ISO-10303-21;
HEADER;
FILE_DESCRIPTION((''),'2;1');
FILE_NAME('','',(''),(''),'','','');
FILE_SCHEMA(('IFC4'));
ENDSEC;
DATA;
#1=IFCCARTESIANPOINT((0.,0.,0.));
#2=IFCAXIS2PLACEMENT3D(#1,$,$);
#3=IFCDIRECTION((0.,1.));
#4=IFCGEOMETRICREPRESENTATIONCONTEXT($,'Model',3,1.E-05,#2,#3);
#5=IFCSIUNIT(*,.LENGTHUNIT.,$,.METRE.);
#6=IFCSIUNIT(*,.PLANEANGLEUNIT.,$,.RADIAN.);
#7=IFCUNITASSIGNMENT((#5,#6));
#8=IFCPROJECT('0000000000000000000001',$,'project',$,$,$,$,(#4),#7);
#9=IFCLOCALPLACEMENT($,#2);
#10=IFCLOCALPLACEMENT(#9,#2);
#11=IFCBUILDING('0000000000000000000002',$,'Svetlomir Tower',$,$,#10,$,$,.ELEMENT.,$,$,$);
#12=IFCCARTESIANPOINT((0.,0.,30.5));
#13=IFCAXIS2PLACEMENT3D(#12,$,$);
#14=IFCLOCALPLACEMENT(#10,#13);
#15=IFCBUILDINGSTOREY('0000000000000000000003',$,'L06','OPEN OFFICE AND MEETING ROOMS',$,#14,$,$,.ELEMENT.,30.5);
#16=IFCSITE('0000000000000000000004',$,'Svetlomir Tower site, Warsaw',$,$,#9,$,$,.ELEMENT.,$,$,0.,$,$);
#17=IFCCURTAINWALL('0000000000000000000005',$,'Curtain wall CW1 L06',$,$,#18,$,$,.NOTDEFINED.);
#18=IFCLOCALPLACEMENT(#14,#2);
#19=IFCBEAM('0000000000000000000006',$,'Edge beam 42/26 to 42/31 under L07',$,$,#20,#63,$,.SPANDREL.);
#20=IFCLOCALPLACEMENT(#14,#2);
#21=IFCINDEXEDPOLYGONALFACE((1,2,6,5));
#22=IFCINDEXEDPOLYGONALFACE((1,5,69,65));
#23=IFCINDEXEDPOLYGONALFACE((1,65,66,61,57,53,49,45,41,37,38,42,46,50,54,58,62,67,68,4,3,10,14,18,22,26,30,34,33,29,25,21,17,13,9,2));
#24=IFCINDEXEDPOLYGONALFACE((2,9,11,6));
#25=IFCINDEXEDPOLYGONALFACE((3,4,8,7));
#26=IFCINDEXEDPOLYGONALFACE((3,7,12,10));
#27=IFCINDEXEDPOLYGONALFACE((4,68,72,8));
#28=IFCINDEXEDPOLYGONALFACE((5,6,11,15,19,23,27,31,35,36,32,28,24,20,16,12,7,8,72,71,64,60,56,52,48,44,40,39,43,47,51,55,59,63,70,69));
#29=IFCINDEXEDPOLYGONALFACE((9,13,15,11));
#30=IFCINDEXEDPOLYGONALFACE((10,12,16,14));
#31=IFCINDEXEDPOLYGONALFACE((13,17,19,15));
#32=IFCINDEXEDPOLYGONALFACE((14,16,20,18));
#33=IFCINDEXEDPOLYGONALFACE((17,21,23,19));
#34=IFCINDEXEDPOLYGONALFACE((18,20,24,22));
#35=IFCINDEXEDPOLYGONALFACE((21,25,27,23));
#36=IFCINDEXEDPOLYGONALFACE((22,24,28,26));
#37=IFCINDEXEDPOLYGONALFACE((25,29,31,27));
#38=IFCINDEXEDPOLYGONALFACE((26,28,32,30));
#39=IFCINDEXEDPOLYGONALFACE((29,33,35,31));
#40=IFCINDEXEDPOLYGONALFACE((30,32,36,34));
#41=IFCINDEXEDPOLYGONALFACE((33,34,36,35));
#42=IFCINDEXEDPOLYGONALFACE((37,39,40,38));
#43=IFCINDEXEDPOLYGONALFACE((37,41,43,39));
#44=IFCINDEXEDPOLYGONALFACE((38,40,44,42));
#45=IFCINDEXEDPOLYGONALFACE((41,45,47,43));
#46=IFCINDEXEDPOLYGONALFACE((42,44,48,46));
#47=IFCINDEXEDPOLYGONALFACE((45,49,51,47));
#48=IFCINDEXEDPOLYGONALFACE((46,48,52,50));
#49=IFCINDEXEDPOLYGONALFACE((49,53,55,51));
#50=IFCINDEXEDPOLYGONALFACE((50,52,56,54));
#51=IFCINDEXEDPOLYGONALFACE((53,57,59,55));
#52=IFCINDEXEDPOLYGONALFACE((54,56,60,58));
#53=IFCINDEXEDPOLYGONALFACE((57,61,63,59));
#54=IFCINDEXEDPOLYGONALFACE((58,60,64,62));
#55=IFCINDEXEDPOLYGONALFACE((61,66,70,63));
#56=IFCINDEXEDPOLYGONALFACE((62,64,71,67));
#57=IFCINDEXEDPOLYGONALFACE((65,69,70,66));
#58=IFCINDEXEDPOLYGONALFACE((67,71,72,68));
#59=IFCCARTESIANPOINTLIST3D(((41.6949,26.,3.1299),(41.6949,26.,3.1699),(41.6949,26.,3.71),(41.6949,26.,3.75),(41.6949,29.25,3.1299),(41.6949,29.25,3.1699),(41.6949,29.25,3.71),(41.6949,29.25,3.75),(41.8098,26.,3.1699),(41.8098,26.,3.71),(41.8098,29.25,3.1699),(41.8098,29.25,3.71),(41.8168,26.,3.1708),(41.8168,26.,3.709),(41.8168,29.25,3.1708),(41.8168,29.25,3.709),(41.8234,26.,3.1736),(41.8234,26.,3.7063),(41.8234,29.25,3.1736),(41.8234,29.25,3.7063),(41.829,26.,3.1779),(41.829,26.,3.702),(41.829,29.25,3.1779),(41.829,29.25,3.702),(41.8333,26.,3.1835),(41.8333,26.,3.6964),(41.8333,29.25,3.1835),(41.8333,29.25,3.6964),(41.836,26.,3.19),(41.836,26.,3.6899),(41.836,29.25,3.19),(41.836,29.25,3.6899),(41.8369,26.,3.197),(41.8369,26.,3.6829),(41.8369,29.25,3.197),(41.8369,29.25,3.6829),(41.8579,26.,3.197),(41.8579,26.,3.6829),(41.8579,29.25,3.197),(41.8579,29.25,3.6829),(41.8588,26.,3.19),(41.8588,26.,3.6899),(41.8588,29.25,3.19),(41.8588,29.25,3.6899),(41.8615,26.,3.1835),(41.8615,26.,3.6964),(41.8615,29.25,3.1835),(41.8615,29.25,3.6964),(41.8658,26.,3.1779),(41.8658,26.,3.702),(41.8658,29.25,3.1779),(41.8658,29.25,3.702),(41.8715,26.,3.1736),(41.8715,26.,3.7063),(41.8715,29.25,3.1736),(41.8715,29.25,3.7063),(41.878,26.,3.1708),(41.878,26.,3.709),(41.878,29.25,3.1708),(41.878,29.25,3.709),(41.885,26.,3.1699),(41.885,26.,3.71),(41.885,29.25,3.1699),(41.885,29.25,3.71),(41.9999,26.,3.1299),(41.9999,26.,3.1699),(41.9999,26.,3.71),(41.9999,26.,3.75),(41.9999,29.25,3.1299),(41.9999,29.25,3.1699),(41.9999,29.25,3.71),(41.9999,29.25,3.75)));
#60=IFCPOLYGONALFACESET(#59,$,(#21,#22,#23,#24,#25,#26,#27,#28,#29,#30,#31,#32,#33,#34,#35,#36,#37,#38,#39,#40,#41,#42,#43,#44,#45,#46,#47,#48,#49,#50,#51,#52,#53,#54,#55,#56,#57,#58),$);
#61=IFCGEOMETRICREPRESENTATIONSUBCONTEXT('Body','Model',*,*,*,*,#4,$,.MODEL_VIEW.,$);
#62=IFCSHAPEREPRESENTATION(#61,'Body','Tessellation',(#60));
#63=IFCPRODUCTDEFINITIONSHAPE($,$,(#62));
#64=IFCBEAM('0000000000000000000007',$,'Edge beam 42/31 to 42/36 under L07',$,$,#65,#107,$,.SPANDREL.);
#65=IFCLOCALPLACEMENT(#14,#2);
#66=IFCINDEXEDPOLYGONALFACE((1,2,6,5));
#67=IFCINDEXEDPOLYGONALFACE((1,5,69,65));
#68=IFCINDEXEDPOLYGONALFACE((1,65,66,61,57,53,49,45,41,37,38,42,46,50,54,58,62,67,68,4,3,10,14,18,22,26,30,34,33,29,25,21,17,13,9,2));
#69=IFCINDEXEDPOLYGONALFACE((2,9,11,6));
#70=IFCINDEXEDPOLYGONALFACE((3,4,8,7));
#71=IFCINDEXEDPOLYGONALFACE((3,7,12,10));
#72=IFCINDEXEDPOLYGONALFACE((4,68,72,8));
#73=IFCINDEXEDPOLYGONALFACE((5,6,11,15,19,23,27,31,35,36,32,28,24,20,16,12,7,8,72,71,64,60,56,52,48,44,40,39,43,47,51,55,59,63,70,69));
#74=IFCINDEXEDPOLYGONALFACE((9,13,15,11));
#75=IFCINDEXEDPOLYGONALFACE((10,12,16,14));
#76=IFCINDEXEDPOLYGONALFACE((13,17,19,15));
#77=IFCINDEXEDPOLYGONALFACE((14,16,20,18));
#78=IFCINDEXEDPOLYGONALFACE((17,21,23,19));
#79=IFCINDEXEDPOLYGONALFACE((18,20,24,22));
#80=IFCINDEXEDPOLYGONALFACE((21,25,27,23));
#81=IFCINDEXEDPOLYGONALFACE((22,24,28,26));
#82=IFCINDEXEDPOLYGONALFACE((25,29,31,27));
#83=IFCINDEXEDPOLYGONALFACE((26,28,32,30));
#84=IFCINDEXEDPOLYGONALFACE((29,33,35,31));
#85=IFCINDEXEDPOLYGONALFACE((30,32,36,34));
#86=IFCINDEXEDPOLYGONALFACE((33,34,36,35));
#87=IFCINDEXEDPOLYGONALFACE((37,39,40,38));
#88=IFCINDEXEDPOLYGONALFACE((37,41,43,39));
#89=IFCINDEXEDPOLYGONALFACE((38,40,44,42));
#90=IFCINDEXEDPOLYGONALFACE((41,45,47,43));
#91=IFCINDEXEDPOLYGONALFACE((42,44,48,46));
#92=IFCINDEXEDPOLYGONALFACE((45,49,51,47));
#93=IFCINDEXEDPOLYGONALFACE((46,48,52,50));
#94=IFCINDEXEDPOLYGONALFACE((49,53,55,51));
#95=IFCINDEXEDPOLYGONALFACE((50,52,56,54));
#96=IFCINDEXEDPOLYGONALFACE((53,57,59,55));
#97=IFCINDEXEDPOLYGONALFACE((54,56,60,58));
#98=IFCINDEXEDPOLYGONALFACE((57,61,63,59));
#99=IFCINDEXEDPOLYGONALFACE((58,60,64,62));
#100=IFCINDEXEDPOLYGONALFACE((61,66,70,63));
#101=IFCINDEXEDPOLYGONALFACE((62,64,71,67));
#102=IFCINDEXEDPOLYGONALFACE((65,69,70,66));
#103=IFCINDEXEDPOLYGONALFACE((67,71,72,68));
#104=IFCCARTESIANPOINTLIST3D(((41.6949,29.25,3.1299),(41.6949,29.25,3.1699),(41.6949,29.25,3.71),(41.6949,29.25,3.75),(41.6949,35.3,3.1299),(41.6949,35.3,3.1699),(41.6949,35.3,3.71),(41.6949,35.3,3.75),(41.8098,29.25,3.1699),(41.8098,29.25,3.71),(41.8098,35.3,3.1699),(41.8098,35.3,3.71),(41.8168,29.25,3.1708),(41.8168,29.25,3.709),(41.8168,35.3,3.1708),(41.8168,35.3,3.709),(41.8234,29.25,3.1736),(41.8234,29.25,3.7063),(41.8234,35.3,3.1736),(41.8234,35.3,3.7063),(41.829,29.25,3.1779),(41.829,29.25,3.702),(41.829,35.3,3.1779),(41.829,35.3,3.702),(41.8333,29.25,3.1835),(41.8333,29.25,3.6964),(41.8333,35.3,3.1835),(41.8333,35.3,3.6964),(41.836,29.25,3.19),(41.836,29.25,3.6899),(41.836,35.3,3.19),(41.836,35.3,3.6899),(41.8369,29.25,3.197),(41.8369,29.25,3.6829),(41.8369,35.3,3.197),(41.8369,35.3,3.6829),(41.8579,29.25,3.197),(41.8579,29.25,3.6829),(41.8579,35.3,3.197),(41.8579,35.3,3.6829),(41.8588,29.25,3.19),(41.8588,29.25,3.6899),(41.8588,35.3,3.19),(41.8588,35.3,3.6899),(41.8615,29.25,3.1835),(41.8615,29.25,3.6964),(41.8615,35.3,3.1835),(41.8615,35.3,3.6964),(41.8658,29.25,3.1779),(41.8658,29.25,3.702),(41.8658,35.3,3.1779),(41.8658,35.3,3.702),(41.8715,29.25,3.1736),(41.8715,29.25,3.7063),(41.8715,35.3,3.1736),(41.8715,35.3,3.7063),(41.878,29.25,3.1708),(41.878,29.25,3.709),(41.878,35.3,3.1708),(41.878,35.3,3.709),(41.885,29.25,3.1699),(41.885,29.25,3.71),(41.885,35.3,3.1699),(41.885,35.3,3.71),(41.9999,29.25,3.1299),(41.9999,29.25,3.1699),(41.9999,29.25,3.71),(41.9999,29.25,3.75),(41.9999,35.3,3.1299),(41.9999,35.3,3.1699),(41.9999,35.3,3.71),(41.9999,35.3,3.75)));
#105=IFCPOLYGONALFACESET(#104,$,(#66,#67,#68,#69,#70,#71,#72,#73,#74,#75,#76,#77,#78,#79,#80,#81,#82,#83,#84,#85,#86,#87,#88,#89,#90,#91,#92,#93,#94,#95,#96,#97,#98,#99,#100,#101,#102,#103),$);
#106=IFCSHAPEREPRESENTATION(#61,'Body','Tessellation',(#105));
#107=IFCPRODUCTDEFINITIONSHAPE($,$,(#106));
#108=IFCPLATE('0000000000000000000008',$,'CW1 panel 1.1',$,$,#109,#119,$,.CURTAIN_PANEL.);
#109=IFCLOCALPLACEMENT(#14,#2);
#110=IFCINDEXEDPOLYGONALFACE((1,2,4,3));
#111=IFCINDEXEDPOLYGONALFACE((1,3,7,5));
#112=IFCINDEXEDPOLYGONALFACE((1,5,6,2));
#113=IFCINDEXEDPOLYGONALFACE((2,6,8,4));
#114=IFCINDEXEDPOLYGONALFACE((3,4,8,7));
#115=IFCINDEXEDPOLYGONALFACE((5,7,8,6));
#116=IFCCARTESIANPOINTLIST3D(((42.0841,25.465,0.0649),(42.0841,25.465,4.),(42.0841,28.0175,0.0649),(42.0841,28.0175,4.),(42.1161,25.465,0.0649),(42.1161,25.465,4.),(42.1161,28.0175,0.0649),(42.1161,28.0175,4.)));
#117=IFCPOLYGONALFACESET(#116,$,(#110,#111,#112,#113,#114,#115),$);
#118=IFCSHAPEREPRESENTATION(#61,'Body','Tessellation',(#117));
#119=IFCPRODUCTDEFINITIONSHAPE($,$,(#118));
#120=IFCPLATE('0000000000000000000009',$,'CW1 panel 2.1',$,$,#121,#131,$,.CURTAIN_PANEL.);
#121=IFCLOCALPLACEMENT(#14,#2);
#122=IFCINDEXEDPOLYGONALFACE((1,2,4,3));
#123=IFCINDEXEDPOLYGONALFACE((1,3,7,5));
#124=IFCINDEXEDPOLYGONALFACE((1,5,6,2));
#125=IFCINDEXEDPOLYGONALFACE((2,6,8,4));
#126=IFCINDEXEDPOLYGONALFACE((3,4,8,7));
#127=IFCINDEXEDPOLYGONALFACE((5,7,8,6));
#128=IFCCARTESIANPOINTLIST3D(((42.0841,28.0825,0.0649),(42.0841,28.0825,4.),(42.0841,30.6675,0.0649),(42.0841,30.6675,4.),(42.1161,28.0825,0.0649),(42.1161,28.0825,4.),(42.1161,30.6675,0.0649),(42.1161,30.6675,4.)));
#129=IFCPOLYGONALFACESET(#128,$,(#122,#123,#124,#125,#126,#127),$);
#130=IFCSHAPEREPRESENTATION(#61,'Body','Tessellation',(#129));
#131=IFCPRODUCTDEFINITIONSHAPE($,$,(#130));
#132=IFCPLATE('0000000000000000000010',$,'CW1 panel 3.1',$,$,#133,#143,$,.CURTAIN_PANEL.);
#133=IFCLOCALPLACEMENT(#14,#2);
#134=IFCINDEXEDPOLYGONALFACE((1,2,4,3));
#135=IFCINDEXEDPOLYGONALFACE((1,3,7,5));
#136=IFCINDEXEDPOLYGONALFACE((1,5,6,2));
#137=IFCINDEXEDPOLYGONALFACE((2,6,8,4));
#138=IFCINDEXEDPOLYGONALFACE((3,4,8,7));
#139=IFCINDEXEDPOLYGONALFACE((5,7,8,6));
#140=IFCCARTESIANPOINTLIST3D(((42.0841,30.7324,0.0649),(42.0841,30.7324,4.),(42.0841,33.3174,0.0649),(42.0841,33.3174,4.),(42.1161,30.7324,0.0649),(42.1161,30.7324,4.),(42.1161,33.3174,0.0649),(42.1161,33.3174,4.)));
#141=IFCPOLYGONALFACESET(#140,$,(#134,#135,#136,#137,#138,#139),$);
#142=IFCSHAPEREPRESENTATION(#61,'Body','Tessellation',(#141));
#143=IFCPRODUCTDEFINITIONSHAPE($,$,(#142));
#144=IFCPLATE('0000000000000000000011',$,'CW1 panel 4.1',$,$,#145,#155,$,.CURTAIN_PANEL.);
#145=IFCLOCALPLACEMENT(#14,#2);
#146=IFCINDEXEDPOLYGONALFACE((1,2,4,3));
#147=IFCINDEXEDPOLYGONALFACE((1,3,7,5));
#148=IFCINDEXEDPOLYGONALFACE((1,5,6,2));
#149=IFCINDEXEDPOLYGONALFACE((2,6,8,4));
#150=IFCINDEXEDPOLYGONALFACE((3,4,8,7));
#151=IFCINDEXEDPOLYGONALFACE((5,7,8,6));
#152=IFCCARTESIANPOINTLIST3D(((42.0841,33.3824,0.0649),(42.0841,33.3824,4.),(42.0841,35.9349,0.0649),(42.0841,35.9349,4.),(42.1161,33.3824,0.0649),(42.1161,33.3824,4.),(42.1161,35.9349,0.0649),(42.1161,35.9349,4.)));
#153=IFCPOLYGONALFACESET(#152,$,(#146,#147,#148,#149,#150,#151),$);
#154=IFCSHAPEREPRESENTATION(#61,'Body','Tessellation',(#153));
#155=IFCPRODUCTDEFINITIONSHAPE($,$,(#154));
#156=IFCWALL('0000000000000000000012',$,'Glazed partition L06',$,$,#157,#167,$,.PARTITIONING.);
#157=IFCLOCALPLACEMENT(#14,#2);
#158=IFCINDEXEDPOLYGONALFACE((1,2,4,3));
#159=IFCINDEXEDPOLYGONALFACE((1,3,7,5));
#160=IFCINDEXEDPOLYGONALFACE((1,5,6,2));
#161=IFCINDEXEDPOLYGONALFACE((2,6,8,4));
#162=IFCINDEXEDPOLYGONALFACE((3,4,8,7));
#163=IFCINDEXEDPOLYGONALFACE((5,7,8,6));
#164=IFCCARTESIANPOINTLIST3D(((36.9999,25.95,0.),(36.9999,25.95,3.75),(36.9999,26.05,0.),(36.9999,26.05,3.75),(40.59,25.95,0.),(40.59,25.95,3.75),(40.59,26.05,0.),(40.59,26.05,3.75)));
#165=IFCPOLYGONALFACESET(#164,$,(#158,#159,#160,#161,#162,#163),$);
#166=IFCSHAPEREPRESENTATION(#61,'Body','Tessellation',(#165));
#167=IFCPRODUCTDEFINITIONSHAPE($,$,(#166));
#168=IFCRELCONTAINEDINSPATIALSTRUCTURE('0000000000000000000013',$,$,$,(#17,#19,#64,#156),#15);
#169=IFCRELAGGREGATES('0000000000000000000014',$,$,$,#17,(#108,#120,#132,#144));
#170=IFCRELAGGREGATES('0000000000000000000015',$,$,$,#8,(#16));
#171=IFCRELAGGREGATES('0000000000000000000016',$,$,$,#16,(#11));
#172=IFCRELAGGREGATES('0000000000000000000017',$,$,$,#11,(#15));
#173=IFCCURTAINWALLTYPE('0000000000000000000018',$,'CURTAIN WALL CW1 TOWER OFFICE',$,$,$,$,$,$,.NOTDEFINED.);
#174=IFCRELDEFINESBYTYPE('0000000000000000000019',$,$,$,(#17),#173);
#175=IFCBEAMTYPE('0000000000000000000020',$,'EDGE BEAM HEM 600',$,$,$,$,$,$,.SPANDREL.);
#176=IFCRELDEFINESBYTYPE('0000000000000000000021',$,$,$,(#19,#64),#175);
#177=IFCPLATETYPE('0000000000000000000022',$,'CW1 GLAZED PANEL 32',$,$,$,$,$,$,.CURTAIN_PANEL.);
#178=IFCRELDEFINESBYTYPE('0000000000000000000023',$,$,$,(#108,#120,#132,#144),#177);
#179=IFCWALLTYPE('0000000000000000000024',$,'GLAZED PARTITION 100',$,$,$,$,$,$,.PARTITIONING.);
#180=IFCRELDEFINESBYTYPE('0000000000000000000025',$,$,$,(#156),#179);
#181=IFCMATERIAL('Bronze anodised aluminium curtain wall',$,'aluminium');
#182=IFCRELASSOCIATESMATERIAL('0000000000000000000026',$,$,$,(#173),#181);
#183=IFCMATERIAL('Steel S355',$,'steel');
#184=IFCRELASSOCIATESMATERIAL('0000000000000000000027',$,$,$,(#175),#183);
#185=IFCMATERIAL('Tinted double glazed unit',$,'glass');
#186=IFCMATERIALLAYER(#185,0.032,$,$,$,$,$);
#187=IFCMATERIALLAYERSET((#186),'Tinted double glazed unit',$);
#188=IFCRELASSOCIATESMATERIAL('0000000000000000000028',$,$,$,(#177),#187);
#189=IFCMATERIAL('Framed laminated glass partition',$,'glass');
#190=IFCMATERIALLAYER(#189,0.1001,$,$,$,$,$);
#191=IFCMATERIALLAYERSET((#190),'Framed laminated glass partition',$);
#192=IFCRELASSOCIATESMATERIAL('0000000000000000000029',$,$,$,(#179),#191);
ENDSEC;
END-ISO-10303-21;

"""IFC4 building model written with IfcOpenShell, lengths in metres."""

from ifc_helpers import new_model, si_unit, direction, frame, frame_2d, origin, origin_2d, place, context, subcontext, project, spatial, rectangle, i_section, extrude, material, layer, layer_set, material_profile, profile_set, type_object, element, aggregate, save


model = new_model("IFC4")

# Units and contexts
model_context = context("Model", 3, precision=1e-05, world=origin(), true_north=direction((0.0, 1.0)))
body_context = subcontext(model_context, "Body", "Model", "MODEL_VIEW")
ifc_project = project(units=[si_unit("LENGTHUNIT", "METRE"), si_unit("PLANEANGLEUNIT", "RADIAN")], contexts=[model_context])

# Site, building, storey
site_placement = place(None, origin())
site = spatial("IfcSite", under=ifc_project, at=site_placement, Name="Svetlomir Tower site, Warsaw", CompositionType="ELEMENT", RefElevation=0.0)
building_placement = place(site_placement, origin())
building = spatial("IfcBuilding", under=site, at=building_placement, Name="Svetlomir Tower", CompositionType="ELEMENT")
storey_placement = place(building_placement, frame((0.0, 0.0, 30.5)))
storey = spatial("IfcBuildingStorey", under=building, at=storey_placement, Name="L06", Description="OPEN OFFICE AND MEETING ROOMS", CompositionType="ELEMENT", Elevation=30.5)

# Shared definitions
ifc_material_1 = material(Name="Bronze anodised aluminium curtain wall", Category="aluminium")
curtain_wall_type = type_object("IfcCurtainWallType", Name="CURTAIN WALL CW1 TOWER OFFICE", PredefinedType="NOTDEFINED", material=ifc_material_1)

# Curtain wall
curtain_wall_1_placement = place(storey_placement, origin())
curtain_wall_1 = element("IfcCurtainWall", 1, at=curtain_wall_1_placement, inside=storey, type_object=curtain_wall_type, Name="Curtain wall CW1 L06", PredefinedType="NOTDEFINED")

# Beams
ifc_material_2 = material(Name="Steel S355", Category="steel")
ifc_material_profile_1 = material_profile(ifc_material_2, i_section(OverallWidth=0.3049, OverallDepth=0.6201, WebThickness=0.021, FlangeThickness=0.04, FilletRadius=0.0271, at=origin_2d()), Name="HEM 600")
ifc_profile_set_1 = profile_set([ifc_material_profile_1], Name="Steel S355")
beam_type_1 = type_object("IfcBeamType", Name="EDGE BEAM HEM 600", PredefinedType="SPANDREL", material=ifc_profile_set_1)
beam_1_placement = place(storey_placement, frame((41.8474, 26.0, 3.4399), z_axis=(0.0, 1.0, 0.0), x_axis=(-1.0, 0.0, 0.0)))
element("IfcBeam", 2, at=beam_1_placement, inside=storey, type_object=beam_type_1, Name="Edge beam 42/26 to 42/31 under L07", PredefinedType="SPANDREL", context=body_context, shape_type="SweptSolid", body=[
    extrude(i_section(OverallWidth=0.3049, OverallDepth=0.6201, WebThickness=0.021, FlangeThickness=0.04, FilletRadius=0.0271, at=origin_2d()), origin(), (0.0, 0.0, 1.0), 3.25),
])
beam_2_placement = place(storey_placement, frame((41.8474, 29.25, 3.4399), z_axis=(0.0, 1.0, 0.0), x_axis=(-1.0, 0.0, 0.0)))
element("IfcBeam", 3, at=beam_2_placement, inside=storey, type_object=beam_type_1, Name="Edge beam 42/31 to 42/36 under L07", PredefinedType="SPANDREL", context=body_context, shape_type="SweptSolid", body=[
    extrude(i_section(OverallWidth=0.3049, OverallDepth=0.6201, WebThickness=0.021, FlangeThickness=0.04, FilletRadius=0.0271, at=origin_2d()), origin(), (0.0, 0.0, 1.0), 6.05),
])

# Plates
ifc_material_3 = material(Name="Tinted double glazed unit", Category="glass")
ifc_layer_1 = layer(ifc_material_3, 0.032)
ifc_layer_set_1 = layer_set([ifc_layer_1], Name="Tinted double glazed unit")
plate_type = type_object("IfcPlateType", Name="CW1 GLAZED PANEL 32", PredefinedType="CURTAIN_PANEL", material=ifc_layer_set_1)
plate_1_placement = place(storey_placement, frame((42.1001, 26.7412, 0.0649), z_axis=(0.0, 0.0, 1.0), x_axis=(0.0, 1.0, 0.0)))
plate_1 = element("IfcPlate", 4, at=plate_1_placement, type_object=plate_type, Name="CW1 panel 1.1", PredefinedType="CURTAIN_PANEL", context=body_context, shape_type="SweptSolid", body=[
    extrude(rectangle(XDim=2.5525, YDim=0.032, at=origin_2d()), origin(), (0.0, 0.0, 1.0), 3.9351),
])
plate_2_placement = place(storey_placement, frame((42.1001, 29.375, 0.0649), z_axis=(0.0, 0.0, 1.0), x_axis=(0.0, 1.0, 0.0)))
plate_2 = element("IfcPlate", 5, at=plate_2_placement, type_object=plate_type, Name="CW1 panel 2.1", PredefinedType="CURTAIN_PANEL", context=body_context, shape_type="SweptSolid", body=[
    extrude(rectangle(XDim=2.585, YDim=0.032, at=origin_2d()), origin(), (0.0, 0.0, 1.0), 3.9351),
])
plate_3_placement = place(storey_placement, frame((42.1001, 32.0249, 0.0649), z_axis=(0.0, 0.0, 1.0), x_axis=(0.0, 1.0, 0.0)))
plate_3 = element("IfcPlate", 6, at=plate_3_placement, type_object=plate_type, Name="CW1 panel 3.1", PredefinedType="CURTAIN_PANEL", context=body_context, shape_type="SweptSolid", body=[
    extrude(rectangle(XDim=2.585, YDim=0.032, at=origin_2d()), origin(), (0.0, 0.0, 1.0), 3.9351),
])
plate_4_placement = place(storey_placement, frame((42.1001, 34.6587, 0.0649), z_axis=(0.0, 0.0, 1.0), x_axis=(0.0, 1.0, 0.0)))
plate_4 = element("IfcPlate", 7, at=plate_4_placement, type_object=plate_type, Name="CW1 panel 4.1", PredefinedType="CURTAIN_PANEL", context=body_context, shape_type="SweptSolid", body=[
    extrude(rectangle(XDim=2.5525, YDim=0.032, at=origin_2d()), origin(), (0.0, 0.0, 1.0), 3.9351),
])
aggregate(curtain_wall_1, [plate_1, plate_2, plate_3, plate_4])

# Wall
ifc_material_4 = material(Name="Framed laminated glass partition", Category="glass")
ifc_layer_2 = layer(ifc_material_4, 0.1001)
ifc_layer_set_2 = layer_set([ifc_layer_2], Name="Framed laminated glass partition")
wall_type_1 = type_object("IfcWallType", Name="GLAZED PARTITION 100", PredefinedType="PARTITIONING", material=ifc_layer_set_2)
wall_1_placement = place(storey_placement, frame((37.0, 26.0, 0.0), z_axis=(0.0, 0.0, 1.0), x_axis=(1.0, 0.0, 0.0)))
element("IfcWall", 8, at=wall_1_placement, inside=storey, type_object=wall_type_1, Name="Glazed partition L06", PredefinedType="PARTITIONING", context=body_context, shape_type="SweptSolid", body=[
    extrude(rectangle(XDim=3.5901, YDim=0.1001, at=frame_2d((1.7949, 0.0))), origin(), (0.0, 0.0, 1.0), 3.75),
])

save(model, "model.ifc")
